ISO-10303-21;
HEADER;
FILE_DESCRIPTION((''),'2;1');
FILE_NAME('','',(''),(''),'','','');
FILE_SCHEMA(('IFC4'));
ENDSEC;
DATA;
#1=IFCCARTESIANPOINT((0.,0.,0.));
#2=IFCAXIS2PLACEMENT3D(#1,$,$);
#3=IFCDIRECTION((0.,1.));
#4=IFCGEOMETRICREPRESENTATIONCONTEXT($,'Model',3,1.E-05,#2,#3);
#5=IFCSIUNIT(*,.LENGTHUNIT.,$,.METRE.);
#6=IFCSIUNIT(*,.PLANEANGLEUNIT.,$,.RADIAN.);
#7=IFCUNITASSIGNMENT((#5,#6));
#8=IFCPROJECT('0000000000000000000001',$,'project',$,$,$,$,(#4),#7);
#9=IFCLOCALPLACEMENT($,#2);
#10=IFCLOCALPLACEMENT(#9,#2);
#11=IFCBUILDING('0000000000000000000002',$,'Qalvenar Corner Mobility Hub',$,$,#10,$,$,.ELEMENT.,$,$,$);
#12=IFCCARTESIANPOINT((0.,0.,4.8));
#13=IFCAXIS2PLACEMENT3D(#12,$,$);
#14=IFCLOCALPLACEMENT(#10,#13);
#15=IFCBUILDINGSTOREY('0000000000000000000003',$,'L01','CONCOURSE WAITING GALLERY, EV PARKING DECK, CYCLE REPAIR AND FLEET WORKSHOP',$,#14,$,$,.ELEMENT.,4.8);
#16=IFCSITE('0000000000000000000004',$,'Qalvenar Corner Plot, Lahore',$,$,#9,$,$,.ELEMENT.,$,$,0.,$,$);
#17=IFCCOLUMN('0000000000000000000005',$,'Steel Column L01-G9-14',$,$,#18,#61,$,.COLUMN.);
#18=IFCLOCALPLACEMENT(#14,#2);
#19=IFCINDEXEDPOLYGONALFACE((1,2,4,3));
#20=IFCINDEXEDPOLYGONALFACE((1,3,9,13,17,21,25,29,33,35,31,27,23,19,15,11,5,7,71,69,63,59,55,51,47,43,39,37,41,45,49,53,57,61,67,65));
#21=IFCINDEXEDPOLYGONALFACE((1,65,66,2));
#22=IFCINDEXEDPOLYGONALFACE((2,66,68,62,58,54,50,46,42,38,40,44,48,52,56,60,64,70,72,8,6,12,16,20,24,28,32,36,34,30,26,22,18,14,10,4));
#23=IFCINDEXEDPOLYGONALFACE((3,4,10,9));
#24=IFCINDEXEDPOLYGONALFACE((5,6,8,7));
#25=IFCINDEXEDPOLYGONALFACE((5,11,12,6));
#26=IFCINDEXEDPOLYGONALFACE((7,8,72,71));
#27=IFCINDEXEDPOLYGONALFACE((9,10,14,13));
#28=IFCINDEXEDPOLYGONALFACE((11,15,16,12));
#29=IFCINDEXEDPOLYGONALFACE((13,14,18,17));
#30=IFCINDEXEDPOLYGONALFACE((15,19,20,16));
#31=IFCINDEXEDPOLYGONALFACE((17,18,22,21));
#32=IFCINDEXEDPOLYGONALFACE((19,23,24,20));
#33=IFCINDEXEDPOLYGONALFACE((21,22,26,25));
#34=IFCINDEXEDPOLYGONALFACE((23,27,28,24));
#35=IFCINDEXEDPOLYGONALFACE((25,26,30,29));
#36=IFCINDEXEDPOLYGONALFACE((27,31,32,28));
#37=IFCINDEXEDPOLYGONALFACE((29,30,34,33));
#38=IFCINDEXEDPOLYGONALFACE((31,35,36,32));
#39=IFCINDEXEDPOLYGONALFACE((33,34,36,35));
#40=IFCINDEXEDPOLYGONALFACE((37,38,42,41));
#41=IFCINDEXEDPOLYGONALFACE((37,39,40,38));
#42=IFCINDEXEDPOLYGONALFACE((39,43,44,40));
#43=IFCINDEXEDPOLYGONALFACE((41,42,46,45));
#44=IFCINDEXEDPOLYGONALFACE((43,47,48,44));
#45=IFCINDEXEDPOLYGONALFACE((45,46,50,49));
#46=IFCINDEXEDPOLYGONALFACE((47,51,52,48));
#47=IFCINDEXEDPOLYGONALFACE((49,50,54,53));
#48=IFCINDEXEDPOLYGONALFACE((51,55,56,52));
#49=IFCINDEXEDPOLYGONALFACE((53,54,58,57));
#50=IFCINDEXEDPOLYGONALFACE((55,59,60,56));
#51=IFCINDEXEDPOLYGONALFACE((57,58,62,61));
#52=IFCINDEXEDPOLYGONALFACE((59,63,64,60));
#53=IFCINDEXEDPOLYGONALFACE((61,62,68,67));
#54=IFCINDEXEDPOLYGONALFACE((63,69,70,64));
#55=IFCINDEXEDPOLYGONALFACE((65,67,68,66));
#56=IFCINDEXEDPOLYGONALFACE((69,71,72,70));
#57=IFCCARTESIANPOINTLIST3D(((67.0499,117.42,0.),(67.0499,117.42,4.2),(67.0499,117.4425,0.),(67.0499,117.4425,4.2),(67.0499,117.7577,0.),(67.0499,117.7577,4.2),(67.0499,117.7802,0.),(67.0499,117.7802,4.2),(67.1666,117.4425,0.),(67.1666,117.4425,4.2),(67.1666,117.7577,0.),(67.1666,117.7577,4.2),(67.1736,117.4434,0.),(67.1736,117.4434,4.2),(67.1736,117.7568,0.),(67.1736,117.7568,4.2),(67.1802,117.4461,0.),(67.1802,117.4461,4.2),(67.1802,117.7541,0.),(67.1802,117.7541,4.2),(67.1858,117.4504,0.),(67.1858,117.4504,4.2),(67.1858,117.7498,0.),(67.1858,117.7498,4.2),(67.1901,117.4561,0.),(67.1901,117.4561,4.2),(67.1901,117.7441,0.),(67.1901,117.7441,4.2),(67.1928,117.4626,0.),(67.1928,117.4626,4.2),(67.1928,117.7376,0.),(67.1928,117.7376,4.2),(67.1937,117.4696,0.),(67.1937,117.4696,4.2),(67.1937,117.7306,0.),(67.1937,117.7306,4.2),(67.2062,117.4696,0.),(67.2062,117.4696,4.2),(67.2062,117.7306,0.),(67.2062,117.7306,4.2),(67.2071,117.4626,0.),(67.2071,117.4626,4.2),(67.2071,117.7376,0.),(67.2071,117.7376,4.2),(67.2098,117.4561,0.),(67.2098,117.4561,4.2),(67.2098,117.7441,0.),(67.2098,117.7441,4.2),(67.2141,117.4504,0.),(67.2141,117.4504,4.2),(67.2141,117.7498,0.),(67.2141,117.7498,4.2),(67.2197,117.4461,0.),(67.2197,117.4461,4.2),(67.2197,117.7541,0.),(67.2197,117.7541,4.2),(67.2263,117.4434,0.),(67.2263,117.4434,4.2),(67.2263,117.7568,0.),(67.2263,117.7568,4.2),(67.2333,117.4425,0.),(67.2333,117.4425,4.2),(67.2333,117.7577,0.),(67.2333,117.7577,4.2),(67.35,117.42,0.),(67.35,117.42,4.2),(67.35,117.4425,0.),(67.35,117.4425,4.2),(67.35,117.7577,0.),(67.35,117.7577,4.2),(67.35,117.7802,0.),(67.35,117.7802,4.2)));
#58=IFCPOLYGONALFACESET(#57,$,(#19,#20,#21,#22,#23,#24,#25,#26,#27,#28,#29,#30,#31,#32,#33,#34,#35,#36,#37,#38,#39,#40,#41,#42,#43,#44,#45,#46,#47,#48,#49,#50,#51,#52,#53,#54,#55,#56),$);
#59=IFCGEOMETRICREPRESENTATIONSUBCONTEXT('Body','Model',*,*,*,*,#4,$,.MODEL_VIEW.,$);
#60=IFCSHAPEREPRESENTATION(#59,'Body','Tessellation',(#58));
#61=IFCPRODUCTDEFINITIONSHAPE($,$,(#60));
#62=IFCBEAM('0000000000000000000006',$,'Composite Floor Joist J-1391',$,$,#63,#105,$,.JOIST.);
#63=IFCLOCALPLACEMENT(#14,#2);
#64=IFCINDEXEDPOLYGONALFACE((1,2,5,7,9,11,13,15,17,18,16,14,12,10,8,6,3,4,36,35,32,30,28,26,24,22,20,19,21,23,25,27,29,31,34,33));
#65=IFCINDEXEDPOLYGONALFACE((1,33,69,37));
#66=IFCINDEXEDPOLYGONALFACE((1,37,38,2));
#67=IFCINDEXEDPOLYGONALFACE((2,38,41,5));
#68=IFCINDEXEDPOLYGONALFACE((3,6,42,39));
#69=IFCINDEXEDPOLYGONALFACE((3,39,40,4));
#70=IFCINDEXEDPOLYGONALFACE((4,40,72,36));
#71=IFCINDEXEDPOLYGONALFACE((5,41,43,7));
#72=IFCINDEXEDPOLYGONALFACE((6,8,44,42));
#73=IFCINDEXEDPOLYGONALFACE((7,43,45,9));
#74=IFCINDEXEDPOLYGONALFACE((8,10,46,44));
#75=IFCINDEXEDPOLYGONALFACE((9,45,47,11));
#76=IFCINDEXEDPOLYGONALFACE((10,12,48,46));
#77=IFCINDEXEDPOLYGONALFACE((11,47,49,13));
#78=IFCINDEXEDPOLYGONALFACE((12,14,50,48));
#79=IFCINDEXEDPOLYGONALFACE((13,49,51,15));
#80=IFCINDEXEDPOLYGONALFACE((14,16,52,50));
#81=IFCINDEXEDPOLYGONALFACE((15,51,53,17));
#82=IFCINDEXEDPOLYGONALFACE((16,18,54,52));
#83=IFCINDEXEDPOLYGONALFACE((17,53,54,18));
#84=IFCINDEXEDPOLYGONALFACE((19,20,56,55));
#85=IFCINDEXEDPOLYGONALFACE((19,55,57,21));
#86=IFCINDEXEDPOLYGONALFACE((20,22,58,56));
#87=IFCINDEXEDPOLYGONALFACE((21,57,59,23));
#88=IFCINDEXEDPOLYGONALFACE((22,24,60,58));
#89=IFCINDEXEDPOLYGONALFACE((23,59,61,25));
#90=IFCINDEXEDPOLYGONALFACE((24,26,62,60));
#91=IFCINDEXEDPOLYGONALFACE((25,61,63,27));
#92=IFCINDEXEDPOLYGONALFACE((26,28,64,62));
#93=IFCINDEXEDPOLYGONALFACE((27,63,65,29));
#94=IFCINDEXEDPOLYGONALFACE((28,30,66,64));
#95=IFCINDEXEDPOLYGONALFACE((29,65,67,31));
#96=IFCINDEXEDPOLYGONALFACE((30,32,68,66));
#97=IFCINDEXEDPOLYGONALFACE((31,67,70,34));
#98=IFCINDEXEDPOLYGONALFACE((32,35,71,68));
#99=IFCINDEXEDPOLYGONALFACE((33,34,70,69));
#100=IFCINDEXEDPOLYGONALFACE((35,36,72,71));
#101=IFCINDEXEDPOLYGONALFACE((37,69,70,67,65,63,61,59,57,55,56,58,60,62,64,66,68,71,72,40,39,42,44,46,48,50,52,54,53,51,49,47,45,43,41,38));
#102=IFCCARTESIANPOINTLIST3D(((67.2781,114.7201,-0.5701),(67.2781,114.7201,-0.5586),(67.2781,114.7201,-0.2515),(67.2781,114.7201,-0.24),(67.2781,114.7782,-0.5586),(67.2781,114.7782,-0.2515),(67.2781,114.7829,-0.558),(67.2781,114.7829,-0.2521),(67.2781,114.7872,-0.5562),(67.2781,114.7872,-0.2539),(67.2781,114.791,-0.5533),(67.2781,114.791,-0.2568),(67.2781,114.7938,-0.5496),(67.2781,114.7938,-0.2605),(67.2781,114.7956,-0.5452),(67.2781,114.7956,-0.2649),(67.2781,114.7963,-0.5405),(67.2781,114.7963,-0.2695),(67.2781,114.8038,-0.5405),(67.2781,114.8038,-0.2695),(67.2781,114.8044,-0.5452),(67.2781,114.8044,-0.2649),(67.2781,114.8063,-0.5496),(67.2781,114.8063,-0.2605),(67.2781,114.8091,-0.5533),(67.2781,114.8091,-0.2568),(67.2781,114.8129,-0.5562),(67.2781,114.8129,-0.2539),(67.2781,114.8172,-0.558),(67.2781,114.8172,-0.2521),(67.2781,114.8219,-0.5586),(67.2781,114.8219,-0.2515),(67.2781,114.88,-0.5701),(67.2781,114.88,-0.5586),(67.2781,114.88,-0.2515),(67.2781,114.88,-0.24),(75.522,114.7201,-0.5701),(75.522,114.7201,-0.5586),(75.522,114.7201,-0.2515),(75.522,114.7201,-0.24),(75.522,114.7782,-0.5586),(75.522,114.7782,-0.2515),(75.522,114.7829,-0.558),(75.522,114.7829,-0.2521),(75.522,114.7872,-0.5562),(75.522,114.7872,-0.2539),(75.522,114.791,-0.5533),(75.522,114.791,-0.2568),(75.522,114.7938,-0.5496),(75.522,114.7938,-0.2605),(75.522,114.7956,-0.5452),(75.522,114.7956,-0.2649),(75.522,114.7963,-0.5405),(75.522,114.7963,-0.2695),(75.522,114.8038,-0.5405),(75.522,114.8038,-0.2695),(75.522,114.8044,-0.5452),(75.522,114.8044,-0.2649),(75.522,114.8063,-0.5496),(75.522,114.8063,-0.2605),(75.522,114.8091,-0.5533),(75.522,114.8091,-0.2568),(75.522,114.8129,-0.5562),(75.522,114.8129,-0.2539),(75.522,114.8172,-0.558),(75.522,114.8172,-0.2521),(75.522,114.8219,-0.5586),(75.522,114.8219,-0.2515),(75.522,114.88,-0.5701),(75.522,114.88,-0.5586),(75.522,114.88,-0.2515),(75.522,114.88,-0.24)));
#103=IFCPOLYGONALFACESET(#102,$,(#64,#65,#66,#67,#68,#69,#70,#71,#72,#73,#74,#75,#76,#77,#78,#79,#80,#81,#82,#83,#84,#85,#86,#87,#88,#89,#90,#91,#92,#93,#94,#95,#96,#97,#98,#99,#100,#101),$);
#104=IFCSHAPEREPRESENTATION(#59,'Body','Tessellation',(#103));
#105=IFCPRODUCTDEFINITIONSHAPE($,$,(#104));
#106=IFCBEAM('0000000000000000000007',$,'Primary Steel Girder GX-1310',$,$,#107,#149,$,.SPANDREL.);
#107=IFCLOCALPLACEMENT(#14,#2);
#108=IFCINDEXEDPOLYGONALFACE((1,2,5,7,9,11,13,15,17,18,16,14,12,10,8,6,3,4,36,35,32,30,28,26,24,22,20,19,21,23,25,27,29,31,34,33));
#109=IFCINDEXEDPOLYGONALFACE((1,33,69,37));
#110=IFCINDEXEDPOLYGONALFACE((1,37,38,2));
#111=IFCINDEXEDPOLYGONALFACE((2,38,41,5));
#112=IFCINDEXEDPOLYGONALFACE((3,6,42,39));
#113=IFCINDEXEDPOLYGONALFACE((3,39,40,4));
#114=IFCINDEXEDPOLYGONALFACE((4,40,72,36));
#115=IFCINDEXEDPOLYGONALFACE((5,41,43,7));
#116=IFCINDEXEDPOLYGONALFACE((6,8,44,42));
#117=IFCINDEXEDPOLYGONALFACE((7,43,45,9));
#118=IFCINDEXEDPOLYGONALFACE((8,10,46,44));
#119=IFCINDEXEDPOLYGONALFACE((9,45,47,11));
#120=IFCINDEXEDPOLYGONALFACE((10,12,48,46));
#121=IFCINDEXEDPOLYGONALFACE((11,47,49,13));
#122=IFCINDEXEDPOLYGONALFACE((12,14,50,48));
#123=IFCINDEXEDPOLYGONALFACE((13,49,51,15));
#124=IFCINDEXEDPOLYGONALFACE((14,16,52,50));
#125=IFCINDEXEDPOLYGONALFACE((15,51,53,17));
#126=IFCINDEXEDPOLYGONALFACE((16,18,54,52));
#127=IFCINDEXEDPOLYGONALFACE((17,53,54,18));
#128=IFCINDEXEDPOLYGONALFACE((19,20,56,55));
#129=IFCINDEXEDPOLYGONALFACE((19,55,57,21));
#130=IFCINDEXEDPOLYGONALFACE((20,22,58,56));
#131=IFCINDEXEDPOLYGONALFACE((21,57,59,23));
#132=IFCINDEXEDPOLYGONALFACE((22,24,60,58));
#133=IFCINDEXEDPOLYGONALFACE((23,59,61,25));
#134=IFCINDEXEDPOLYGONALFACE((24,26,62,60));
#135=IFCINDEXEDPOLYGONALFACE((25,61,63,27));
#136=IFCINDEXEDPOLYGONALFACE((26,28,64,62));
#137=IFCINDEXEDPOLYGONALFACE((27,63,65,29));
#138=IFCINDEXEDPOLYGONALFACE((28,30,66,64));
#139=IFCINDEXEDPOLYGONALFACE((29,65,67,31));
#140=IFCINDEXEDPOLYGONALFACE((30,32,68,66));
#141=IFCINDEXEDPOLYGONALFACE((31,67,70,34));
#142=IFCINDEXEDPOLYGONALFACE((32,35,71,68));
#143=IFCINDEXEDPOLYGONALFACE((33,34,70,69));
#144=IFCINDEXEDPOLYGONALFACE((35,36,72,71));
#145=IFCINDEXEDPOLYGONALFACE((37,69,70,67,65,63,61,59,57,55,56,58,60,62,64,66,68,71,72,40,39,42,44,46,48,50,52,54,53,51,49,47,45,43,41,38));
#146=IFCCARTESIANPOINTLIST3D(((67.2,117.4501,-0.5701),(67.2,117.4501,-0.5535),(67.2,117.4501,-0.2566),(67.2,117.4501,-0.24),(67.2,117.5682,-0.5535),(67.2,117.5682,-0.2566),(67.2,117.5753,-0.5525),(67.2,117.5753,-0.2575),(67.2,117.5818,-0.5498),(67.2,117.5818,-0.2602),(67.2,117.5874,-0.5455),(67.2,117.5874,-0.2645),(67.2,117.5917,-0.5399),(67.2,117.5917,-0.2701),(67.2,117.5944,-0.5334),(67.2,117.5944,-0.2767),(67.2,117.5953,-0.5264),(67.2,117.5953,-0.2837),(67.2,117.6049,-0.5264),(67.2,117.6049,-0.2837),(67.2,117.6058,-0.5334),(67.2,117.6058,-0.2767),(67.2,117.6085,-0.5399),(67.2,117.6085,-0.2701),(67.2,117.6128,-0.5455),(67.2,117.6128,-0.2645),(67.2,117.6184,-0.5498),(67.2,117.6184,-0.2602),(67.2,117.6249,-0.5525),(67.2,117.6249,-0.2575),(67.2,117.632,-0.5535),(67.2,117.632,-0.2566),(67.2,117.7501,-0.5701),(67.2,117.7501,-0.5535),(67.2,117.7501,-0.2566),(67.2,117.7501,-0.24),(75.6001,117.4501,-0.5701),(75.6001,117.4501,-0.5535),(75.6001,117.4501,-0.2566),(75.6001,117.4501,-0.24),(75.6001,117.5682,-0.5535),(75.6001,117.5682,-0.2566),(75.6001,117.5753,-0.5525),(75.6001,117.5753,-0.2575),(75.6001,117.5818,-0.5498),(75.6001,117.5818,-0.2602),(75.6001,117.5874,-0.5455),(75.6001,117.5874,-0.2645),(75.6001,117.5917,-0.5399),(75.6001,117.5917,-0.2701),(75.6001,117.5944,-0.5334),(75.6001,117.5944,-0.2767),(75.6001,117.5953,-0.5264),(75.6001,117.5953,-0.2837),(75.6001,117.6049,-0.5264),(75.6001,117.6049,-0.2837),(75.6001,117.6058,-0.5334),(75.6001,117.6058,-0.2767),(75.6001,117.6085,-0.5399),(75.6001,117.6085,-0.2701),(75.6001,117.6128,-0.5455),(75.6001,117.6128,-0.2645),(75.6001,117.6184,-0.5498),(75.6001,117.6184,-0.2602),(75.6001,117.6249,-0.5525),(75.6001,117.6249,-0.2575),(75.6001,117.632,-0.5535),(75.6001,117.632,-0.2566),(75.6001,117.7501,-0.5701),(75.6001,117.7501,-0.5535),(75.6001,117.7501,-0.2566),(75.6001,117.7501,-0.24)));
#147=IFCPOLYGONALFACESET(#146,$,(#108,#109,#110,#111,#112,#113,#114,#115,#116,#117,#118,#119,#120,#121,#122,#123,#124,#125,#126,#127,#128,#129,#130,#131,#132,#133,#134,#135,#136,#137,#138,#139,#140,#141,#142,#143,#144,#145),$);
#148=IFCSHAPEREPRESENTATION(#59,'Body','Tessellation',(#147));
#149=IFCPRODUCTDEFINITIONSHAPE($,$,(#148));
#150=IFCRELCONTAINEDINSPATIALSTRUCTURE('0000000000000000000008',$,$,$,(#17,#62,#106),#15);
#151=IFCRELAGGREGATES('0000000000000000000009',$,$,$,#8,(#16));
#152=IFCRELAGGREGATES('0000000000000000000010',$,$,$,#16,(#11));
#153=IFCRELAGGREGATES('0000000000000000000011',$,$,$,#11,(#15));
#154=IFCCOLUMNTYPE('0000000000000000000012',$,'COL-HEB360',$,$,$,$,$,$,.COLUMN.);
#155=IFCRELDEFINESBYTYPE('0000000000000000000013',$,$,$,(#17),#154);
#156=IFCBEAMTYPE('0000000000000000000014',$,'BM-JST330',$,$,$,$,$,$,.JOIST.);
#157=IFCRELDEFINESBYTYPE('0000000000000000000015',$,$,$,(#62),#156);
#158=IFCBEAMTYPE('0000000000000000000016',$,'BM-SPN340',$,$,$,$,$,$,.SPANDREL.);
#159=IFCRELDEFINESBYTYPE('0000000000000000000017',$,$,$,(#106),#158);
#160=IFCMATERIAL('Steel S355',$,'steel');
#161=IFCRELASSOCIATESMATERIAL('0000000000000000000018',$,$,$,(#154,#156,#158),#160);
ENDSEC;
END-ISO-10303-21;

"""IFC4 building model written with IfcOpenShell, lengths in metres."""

from ifc_helpers import new_model, si_unit, direction, frame, origin, origin_2d, place, context, subcontext, project, spatial, i_section, extrude, material, material_profile, profile_set, type_object, element, save


model = new_model("IFC4")

# Units and contexts
model_context = context("Model", 3, precision=1e-05, world=origin(), true_north=direction((0.0, 1.0)))
body_context = subcontext(model_context, "Body", "Model", "MODEL_VIEW")
ifc_project = project(units=[si_unit("LENGTHUNIT", "METRE"), si_unit("PLANEANGLEUNIT", "RADIAN")], contexts=[model_context])

# Site, building, storey
site_placement = place(None, origin())
site = spatial("IfcSite", under=ifc_project, at=site_placement, Name="Qalvenar Corner Plot, Lahore", CompositionType="ELEMENT", RefElevation=0.0)
building_placement = place(site_placement, origin())
building = spatial("IfcBuilding", under=site, at=building_placement, Name="Qalvenar Corner Mobility Hub", CompositionType="ELEMENT")
storey_placement = place(building_placement, frame((0.0, 0.0, 4.8)))
storey = spatial("IfcBuildingStorey", under=building, at=storey_placement, Name="L01", Description="CONCOURSE WAITING GALLERY, EV PARKING DECK, CYCLE REPAIR AND FLEET WORKSHOP", CompositionType="ELEMENT", Elevation=4.8)

# Column
ifc_material_1 = material(Name="Steel S355", Category="steel")
ifc_material_profile_1 = material_profile(ifc_material_1, i_section(OverallWidth=0.3, OverallDepth=0.3601, WebThickness=0.0125, FlangeThickness=0.0225, FilletRadius=0.0271, at=origin_2d()), Name="HEB360")
ifc_profile_set_1 = profile_set([ifc_material_profile_1], Name="Steel S355")
column_type = type_object("IfcColumnType", Name="COL-HEB360", PredefinedType="COLUMN", material=ifc_profile_set_1)
column_placement = place(storey_placement, frame((67.2, 117.6001, 0.0), z_axis=(0.0, 0.0, 1.0), x_axis=(1.0, 0.0, 0.0)))
element("IfcColumn", 1, at=column_placement, inside=storey, type_object=column_type, Name="Steel Column L01-G9-14", PredefinedType="COLUMN", context=body_context, shape_type="SweptSolid", body=[
    extrude(i_section(OverallWidth=0.3, OverallDepth=0.3601, WebThickness=0.0125, FlangeThickness=0.0225, FilletRadius=0.0271, at=origin_2d()), origin(), (0.0, 0.0, 1.0), 4.2),
])

# Beams
ifc_material_profile_2 = material_profile(ifc_material_1, i_section(OverallWidth=0.1599, OverallDepth=0.3301, WebThickness=0.0076, FlangeThickness=0.0115, FilletRadius=0.0181, at=origin_2d()), Name="IPE330")
ifc_profile_set_2 = profile_set([ifc_material_profile_2], Name="Steel S355")
beam_type_1 = type_object("IfcBeamType", Name="BM-JST330", PredefinedType="JOIST", material=ifc_profile_set_2)
beam_1_placement = place(storey_placement, frame((67.2781, 114.8, -0.405), z_axis=(1.0, 0.0, 0.0), x_axis=(0.0, 1.0, 0.0)))
element("IfcBeam", 2, at=beam_1_placement, inside=storey, type_object=beam_type_1, Name="Composite Floor Joist J-1391", PredefinedType="JOIST", context=body_context, shape_type="SweptSolid", body=[
    extrude(i_section(OverallWidth=0.1599, OverallDepth=0.3301, WebThickness=0.0076, FlangeThickness=0.0115, FilletRadius=0.0181, at=origin_2d()), origin(), (0.0, 0.0, 1.0), 8.2439),
])
ifc_material_profile_3 = material_profile(ifc_material_1, i_section(OverallWidth=0.3, OverallDepth=0.3301, WebThickness=0.0095, FlangeThickness=0.0166, FilletRadius=0.0271, at=origin_2d()), Name="HEA340")
ifc_profile_set_3 = profile_set([ifc_material_profile_3], Name="Steel S355")
beam_type_2 = type_object("IfcBeamType", Name="BM-SPN340", PredefinedType="SPANDREL", material=ifc_profile_set_3)
beam_2_placement = place(storey_placement, frame((67.2, 117.6001, -0.405), z_axis=(1.0, 0.0, 0.0), x_axis=(0.0, 1.0, 0.0)))
element("IfcBeam", 3, at=beam_2_placement, inside=storey, type_object=beam_type_2, Name="Primary Steel Girder GX-1310", PredefinedType="SPANDREL", context=body_context, shape_type="SweptSolid", body=[
    extrude(i_section(OverallWidth=0.3, OverallDepth=0.3301, WebThickness=0.0095, FlangeThickness=0.0166, FilletRadius=0.0271, at=origin_2d()), origin(), (0.0, 0.0, 1.0), 8.4001),
])

save(model, "model.ifc")
